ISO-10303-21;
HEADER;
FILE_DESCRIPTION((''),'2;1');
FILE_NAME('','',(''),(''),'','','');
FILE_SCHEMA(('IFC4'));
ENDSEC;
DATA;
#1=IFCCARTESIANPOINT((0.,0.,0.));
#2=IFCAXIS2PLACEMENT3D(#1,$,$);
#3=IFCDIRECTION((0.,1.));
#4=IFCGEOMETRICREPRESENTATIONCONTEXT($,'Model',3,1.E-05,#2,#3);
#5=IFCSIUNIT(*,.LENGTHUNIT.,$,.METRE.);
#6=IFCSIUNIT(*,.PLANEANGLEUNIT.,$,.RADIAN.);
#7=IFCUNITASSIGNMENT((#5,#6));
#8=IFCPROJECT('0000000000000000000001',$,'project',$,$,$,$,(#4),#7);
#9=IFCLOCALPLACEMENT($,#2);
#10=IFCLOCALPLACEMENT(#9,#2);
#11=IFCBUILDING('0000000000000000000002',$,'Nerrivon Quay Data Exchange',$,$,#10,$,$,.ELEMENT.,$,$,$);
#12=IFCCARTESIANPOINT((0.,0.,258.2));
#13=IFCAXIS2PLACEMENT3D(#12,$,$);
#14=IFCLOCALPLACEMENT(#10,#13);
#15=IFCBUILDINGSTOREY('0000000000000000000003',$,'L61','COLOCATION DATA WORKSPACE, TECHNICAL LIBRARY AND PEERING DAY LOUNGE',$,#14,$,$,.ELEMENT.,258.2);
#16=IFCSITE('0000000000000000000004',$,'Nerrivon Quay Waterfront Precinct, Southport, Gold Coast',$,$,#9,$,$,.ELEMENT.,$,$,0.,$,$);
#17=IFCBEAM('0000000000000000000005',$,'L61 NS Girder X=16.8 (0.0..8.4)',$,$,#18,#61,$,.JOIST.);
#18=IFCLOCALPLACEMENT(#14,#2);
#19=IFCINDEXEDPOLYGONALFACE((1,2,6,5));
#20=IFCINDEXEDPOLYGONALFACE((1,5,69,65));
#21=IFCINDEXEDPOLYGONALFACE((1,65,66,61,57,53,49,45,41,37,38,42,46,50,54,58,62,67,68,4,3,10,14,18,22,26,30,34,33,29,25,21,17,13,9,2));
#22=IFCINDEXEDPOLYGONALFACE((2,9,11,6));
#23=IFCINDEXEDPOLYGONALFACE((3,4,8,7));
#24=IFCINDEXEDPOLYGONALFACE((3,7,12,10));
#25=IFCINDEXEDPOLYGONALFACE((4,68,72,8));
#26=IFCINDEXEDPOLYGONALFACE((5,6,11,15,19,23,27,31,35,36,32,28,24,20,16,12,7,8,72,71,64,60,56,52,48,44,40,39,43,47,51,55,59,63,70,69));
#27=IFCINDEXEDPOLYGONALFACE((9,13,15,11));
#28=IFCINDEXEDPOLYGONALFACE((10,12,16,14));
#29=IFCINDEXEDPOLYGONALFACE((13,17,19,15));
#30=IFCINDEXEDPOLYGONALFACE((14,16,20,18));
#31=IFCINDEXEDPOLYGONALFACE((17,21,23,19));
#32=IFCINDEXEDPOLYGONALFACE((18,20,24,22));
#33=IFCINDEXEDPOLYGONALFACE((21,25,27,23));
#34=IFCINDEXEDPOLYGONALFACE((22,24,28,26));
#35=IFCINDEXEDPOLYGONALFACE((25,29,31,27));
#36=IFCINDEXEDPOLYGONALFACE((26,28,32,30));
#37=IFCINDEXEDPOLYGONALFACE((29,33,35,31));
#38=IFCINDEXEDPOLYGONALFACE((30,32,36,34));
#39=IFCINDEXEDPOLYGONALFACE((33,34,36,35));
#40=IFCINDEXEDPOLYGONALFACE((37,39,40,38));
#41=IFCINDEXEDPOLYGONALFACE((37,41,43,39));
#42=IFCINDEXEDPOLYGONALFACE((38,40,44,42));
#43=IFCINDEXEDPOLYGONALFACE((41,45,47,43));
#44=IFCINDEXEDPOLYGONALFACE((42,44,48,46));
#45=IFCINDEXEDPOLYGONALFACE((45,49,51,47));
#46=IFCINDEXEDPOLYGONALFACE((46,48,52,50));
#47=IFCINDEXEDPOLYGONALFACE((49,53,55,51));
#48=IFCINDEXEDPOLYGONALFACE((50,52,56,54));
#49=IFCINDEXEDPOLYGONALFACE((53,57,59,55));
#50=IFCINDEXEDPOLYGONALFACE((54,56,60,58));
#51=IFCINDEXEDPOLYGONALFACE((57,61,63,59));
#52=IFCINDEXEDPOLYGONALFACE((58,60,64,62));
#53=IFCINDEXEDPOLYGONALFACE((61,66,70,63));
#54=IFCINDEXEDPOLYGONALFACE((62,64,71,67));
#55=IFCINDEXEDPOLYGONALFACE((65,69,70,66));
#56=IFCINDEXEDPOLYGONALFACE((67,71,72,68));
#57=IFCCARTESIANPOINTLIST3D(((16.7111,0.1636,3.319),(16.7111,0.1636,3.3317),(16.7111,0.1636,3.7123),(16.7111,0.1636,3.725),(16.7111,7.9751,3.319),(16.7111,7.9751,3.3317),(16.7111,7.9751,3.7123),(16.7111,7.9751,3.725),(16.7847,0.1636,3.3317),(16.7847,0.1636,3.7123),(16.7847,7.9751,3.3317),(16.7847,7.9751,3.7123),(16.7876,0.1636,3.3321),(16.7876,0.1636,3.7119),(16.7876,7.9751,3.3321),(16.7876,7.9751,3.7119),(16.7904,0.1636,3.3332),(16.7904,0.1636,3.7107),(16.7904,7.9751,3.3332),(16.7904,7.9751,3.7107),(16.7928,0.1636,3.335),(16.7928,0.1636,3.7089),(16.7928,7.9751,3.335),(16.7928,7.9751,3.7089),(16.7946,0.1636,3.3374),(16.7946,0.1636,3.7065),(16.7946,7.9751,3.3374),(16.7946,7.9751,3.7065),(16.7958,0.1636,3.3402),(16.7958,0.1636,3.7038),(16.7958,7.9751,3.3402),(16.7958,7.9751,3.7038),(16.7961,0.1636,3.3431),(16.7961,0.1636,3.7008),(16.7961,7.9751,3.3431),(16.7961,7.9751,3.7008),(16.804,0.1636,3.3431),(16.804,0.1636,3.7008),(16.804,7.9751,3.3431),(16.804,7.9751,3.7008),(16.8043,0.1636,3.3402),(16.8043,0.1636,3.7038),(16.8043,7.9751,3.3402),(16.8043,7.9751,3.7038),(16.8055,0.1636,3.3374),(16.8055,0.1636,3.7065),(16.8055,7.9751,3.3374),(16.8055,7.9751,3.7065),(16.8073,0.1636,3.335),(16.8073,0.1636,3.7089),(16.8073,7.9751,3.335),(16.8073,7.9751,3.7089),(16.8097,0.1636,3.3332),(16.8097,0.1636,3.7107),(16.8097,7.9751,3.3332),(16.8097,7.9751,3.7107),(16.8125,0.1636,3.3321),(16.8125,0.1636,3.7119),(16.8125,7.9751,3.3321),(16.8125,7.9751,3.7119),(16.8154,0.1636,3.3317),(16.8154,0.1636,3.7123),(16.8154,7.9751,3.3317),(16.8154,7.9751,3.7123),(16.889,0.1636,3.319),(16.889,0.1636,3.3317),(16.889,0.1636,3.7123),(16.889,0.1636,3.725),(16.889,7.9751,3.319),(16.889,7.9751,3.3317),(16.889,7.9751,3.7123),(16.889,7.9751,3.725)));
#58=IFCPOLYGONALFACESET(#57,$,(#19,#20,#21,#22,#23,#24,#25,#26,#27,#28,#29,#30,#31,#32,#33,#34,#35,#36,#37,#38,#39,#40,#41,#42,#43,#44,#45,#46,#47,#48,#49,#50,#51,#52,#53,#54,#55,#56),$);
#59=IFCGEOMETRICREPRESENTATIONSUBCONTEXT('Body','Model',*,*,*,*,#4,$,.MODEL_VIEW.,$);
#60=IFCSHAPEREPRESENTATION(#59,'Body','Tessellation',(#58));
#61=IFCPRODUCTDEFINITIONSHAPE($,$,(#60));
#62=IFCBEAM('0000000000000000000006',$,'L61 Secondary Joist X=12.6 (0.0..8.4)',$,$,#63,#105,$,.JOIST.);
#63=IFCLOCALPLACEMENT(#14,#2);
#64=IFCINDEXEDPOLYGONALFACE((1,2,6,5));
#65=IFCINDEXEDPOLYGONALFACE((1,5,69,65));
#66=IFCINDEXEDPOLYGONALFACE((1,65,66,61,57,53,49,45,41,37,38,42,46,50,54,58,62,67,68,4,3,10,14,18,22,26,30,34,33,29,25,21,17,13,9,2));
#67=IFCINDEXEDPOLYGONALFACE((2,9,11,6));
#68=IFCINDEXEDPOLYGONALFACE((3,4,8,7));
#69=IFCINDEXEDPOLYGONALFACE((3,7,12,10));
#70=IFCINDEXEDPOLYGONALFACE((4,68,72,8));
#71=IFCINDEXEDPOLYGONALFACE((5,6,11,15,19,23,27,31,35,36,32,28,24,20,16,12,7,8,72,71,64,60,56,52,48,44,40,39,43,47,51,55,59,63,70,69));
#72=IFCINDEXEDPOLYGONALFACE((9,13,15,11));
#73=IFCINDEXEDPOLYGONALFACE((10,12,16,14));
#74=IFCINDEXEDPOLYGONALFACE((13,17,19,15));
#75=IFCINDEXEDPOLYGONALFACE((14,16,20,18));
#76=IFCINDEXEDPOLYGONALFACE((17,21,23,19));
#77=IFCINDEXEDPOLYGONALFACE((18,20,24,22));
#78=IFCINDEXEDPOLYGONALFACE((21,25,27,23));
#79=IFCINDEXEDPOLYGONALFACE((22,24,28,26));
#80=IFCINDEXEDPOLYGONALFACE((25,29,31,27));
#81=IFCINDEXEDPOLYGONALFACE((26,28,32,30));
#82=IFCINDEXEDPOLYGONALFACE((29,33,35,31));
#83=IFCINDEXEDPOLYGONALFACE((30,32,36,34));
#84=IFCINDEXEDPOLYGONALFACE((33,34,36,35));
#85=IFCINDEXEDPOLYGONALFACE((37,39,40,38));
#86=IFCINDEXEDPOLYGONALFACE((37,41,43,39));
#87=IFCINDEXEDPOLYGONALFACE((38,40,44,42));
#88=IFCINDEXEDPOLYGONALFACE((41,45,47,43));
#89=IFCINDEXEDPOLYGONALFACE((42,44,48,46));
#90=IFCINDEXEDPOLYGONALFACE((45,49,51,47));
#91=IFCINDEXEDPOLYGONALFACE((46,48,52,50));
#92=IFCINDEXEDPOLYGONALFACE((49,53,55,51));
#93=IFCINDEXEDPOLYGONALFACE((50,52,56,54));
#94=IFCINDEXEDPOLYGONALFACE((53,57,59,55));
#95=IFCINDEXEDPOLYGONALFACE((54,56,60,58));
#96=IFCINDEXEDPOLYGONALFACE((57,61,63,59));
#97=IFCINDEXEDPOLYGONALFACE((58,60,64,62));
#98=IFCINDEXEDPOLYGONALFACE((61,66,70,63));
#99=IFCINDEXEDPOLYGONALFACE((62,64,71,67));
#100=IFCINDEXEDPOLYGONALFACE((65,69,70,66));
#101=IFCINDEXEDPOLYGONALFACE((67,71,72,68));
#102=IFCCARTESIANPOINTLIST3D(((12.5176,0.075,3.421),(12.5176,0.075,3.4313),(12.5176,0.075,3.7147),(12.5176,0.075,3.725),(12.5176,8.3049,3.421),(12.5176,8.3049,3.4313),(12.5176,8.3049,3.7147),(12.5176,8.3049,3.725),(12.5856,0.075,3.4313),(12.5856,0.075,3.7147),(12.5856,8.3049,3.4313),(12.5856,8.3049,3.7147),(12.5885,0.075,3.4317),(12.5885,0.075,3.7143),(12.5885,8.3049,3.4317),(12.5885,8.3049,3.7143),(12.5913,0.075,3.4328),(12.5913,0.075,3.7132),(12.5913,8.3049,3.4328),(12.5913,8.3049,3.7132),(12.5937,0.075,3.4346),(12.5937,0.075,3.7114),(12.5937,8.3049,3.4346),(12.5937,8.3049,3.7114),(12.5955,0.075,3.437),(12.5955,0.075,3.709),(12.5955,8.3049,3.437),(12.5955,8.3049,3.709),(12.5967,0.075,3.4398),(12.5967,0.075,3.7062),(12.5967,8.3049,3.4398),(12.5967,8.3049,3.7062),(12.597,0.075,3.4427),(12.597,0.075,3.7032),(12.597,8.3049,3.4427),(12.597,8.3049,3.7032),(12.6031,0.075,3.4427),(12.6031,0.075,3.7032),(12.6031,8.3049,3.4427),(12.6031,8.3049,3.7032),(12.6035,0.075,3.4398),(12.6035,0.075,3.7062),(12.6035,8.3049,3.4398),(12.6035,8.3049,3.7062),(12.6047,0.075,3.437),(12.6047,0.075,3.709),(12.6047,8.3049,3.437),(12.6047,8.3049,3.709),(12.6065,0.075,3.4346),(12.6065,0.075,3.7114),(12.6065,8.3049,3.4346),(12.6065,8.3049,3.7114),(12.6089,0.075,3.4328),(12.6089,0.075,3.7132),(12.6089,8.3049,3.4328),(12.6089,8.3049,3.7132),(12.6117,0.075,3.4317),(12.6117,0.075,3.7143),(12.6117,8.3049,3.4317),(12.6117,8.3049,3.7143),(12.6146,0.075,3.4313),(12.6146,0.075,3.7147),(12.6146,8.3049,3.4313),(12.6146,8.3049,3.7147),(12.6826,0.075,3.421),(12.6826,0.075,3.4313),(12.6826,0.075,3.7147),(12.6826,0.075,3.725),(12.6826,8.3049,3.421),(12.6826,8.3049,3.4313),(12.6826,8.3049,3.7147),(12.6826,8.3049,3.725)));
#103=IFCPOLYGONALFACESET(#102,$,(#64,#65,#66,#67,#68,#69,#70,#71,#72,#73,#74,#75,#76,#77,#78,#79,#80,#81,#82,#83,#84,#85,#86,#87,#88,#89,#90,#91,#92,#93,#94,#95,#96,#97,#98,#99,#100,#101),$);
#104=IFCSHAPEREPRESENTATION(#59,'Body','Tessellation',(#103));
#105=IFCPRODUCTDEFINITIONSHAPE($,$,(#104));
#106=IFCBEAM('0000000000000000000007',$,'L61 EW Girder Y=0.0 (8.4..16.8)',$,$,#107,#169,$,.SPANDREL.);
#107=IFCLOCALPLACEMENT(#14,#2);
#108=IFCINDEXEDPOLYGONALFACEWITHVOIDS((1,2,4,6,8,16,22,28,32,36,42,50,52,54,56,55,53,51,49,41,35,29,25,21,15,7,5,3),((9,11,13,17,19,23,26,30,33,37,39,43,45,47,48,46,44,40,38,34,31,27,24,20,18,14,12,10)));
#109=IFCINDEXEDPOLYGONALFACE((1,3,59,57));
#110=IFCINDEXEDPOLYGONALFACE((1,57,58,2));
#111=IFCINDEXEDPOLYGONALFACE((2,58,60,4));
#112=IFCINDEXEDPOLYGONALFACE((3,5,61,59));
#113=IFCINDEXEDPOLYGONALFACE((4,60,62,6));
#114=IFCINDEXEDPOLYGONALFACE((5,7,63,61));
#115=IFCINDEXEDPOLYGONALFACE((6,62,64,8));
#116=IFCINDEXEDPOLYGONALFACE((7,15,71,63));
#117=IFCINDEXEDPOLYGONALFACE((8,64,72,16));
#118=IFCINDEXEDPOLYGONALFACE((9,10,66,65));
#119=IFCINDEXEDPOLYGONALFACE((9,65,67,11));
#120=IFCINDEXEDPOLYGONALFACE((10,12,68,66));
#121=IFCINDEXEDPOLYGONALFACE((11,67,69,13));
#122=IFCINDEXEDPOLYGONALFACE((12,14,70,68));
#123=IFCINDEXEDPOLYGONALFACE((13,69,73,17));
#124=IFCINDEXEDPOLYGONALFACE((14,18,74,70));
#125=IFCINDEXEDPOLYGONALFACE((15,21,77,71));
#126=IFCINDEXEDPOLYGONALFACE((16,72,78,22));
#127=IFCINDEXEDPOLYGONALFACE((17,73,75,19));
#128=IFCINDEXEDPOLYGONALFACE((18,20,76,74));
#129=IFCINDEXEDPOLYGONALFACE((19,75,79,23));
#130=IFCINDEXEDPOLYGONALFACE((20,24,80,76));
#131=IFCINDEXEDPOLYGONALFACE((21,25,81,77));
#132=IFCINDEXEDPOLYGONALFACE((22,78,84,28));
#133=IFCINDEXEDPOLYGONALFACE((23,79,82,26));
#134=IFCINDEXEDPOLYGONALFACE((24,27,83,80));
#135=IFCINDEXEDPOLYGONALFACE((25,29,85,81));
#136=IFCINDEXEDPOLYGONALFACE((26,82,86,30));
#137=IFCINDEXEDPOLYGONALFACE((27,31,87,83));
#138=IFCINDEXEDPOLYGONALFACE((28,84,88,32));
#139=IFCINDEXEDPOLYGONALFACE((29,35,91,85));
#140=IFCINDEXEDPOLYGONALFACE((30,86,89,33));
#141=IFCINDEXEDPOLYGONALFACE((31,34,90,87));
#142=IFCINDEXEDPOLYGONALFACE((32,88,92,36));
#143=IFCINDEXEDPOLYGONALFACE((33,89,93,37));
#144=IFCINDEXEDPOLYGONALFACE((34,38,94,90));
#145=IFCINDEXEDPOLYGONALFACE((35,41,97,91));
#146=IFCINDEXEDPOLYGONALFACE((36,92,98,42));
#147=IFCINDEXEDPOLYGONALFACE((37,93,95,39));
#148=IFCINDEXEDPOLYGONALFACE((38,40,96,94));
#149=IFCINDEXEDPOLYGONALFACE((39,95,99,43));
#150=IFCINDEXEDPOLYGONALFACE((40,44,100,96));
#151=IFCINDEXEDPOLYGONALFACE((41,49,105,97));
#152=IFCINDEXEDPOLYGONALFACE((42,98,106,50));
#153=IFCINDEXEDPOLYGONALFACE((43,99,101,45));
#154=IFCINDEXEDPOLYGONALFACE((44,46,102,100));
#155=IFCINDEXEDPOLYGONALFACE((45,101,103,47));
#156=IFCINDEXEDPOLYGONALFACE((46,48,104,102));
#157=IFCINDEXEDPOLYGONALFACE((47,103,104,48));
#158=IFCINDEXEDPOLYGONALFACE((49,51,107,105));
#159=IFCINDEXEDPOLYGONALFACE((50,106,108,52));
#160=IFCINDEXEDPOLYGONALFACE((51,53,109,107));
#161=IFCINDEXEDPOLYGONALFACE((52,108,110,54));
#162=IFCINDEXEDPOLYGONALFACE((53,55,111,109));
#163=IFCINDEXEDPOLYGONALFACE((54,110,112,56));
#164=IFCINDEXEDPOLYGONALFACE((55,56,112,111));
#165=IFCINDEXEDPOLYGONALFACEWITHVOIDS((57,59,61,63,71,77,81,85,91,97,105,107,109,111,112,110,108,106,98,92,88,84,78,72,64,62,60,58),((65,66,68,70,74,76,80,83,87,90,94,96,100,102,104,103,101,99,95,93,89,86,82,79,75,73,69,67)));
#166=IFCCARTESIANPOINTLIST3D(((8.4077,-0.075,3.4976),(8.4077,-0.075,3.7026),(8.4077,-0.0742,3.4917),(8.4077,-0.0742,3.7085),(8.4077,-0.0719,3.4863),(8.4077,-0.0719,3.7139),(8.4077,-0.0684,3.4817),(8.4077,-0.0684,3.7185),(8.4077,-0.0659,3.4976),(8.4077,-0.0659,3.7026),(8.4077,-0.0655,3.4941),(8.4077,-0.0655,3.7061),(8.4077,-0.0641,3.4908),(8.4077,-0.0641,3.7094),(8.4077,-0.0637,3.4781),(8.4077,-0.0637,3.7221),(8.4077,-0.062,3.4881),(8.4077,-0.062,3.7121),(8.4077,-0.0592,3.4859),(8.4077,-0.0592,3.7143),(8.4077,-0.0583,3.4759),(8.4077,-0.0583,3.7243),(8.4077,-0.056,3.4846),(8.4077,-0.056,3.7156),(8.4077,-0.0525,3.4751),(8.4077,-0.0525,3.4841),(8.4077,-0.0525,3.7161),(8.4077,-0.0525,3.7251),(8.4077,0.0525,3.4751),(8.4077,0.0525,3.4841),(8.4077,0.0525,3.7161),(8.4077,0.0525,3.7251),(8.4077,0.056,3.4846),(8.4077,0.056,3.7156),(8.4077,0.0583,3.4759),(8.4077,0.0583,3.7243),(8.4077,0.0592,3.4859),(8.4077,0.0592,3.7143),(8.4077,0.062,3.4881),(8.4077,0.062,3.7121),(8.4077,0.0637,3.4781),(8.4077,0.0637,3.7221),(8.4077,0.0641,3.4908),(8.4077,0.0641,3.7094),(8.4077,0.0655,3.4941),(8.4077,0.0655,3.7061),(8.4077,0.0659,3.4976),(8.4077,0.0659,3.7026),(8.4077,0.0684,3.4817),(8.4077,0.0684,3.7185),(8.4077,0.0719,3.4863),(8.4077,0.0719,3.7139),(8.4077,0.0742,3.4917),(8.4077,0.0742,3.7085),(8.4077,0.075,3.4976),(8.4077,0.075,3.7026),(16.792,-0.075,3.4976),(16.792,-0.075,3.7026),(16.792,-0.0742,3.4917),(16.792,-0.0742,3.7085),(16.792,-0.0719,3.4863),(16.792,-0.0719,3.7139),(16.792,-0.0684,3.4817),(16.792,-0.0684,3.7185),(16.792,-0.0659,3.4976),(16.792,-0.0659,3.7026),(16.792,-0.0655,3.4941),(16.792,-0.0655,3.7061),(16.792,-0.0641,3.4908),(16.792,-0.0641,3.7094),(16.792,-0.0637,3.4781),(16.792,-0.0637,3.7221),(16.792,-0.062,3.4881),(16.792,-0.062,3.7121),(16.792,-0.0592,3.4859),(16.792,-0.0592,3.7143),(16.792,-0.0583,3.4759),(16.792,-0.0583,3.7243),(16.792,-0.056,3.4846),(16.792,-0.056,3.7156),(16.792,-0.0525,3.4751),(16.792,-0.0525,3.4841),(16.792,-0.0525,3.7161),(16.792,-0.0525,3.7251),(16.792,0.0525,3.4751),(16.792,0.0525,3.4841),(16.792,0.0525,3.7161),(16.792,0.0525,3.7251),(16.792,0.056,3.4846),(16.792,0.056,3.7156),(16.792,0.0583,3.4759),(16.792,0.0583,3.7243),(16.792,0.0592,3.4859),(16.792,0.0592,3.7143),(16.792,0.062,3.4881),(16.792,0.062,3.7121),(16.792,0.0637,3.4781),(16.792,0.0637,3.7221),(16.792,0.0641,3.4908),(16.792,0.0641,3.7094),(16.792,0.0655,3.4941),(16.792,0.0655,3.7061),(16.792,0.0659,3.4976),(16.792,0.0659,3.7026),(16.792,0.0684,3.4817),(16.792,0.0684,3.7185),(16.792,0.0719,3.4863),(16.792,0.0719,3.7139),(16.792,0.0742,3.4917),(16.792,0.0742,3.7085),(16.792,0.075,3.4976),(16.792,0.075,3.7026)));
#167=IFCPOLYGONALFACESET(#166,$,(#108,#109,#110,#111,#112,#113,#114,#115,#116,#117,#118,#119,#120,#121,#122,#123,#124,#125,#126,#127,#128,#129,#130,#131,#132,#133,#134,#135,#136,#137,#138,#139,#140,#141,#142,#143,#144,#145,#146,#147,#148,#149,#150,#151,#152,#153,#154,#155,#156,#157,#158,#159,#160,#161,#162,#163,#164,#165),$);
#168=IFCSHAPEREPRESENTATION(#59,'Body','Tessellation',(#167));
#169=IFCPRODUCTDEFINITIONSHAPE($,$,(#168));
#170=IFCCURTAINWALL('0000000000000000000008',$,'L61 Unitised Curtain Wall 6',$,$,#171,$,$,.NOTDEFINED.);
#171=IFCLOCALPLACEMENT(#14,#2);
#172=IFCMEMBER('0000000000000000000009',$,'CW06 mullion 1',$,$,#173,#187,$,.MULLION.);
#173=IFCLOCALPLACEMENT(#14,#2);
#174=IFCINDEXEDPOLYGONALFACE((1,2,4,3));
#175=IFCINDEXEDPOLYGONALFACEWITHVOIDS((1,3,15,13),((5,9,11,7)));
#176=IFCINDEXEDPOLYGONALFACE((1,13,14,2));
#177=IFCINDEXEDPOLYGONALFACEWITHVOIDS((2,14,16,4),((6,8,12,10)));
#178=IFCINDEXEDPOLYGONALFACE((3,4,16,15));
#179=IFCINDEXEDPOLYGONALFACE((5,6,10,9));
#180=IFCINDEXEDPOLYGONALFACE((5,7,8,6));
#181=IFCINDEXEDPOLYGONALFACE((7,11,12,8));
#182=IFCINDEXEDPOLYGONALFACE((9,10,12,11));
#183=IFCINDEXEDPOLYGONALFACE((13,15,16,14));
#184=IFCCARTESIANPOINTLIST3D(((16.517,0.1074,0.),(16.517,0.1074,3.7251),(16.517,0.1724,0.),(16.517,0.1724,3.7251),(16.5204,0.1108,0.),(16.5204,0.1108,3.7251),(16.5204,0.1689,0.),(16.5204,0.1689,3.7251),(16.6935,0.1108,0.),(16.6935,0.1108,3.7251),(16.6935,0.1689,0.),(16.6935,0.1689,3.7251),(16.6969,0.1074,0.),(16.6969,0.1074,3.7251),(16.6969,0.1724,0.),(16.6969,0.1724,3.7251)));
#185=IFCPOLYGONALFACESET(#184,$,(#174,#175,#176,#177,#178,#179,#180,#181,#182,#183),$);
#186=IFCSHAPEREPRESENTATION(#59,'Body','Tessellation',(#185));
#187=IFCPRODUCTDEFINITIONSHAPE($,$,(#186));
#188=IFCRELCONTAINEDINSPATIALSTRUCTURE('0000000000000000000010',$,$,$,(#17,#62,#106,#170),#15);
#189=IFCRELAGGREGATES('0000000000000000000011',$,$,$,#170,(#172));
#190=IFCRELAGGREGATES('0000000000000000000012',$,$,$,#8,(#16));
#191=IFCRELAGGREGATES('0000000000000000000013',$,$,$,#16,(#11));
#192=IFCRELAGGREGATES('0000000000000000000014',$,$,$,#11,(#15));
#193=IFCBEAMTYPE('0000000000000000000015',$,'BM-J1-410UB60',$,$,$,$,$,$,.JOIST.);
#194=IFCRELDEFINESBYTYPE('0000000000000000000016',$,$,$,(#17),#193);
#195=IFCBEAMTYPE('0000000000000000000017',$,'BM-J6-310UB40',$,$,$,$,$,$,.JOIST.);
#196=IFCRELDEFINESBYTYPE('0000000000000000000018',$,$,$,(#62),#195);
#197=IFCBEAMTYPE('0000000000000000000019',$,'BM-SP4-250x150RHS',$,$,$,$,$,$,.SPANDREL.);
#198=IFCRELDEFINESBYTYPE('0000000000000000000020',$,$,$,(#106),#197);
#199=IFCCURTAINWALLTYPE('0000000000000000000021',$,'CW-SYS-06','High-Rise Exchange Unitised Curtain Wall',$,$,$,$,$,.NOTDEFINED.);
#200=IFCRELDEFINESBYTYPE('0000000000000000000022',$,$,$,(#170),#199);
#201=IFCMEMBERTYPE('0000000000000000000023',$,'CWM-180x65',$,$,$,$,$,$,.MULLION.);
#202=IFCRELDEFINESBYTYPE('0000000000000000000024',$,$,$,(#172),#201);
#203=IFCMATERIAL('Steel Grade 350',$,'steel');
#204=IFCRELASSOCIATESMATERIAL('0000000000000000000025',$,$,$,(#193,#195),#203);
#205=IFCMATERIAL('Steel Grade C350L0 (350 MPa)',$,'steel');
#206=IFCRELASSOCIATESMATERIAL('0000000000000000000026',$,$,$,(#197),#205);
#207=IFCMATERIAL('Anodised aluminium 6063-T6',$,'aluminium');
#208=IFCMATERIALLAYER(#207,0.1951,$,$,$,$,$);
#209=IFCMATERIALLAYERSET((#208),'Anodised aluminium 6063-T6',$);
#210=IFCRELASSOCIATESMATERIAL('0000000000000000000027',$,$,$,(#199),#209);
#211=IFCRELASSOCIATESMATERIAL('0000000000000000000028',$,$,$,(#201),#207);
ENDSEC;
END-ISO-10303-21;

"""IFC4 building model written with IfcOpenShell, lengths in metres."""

from ifc_helpers import new_model, si_unit, direction, frame, origin, origin_2d, place, context, subcontext, project, spatial, hollow_rectangle, i_section, extrude, material, layer, layer_set, material_profile, profile_set, type_object, element, aggregate, save


model = new_model("IFC4")

# Units and contexts
model_context = context("Model", 3, precision=1e-05, world=origin(), true_north=direction((0.0, 1.0)))
body_context = subcontext(model_context, "Body", "Model", "MODEL_VIEW")
ifc_project = project(units=[si_unit("LENGTHUNIT", "METRE"), si_unit("PLANEANGLEUNIT", "RADIAN")], contexts=[model_context])

# Site, building, storey
site_placement = place(None, origin())
site = spatial("IfcSite", under=ifc_project, at=site_placement, Name="Nerrivon Quay Waterfront Precinct, Southport, Gold Coast", CompositionType="ELEMENT", RefElevation=0.0)
building_placement = place(site_placement, origin())
building = spatial("IfcBuilding", under=site, at=building_placement, Name="Nerrivon Quay Data Exchange", CompositionType="ELEMENT")
storey_placement = place(building_placement, frame((0.0, 0.0, 258.2)))
storey = spatial("IfcBuildingStorey", under=building, at=storey_placement, Name="L61", Description="COLOCATION DATA WORKSPACE, TECHNICAL LIBRARY AND PEERING DAY LOUNGE", CompositionType="ELEMENT", Elevation=258.2)

# Shared definitions
ifc_material_1 = material(Name="Steel Grade 350", Category="steel")

# Beams
ifc_material_profile_1 = material_profile(ifc_material_1, i_section(OverallWidth=0.178, OverallDepth=0.406, WebThickness=0.0078, FlangeThickness=0.0127, FilletRadius=0.0115, at=origin_2d()), Name="410UB59.7")
ifc_profile_set_1 = profile_set([ifc_material_profile_1], Name="Steel Grade 350")
beam_type_1 = type_object("IfcBeamType", Name="BM-J1-410UB60", PredefinedType="JOIST", material=ifc_profile_set_1)
beam_1_placement = place(storey_placement, frame((16.8, 0.1636, 3.522), z_axis=(0.0, 1.0, 0.0), x_axis=(-1.0, 0.0, 0.0)))
element("IfcBeam", 1, at=beam_1_placement, inside=storey, type_object=beam_type_1, Name="L61 NS Girder X=16.8 (0.0..8.4)", PredefinedType="JOIST", context=body_context, shape_type="SweptSolid", body=[
    extrude(i_section(OverallWidth=0.178, OverallDepth=0.406, WebThickness=0.0078, FlangeThickness=0.0127, FilletRadius=0.0115, at=origin_2d()), origin(), (0.0, 0.0, 1.0), 7.8115),
])
ifc_material_profile_2 = material_profile(ifc_material_1, i_section(OverallWidth=0.165, OverallDepth=0.304, WebThickness=0.0061, FlangeThickness=0.0103, FilletRadius=0.0115, at=origin_2d()), Name="310UB40.4")
ifc_profile_set_2 = profile_set([ifc_material_profile_2], Name="Steel Grade 350")
beam_type_2 = type_object("IfcBeamType", Name="BM-J6-310UB40", PredefinedType="JOIST", material=ifc_profile_set_2)
beam_2_placement = place(storey_placement, frame((12.6001, 0.075, 3.573), z_axis=(0.0, 1.0, 0.0), x_axis=(-1.0, 0.0, 0.0)))
element("IfcBeam", 2, at=beam_2_placement, inside=storey, type_object=beam_type_2, Name="L61 Secondary Joist X=12.6 (0.0..8.4)", PredefinedType="JOIST", context=body_context, shape_type="SweptSolid", body=[
    extrude(i_section(OverallWidth=0.165, OverallDepth=0.304, WebThickness=0.0061, FlangeThickness=0.0103, FilletRadius=0.0115, at=origin_2d()), origin(), (0.0, 0.0, 1.0), 8.23),
])
ifc_material_2 = material(Name="Steel Grade C350L0 (350 MPa)", Category="steel")
ifc_material_profile_3 = material_profile(ifc_material_2, hollow_rectangle(XDim=0.1499, YDim=0.25, WallThickness=0.009, InnerFilletRadius=0.0134, OuterFilletRadius=0.0225, at=origin_2d()), Name="250x150x9.0RHS")
ifc_profile_set_3 = profile_set([ifc_material_profile_3], Name="Steel Grade C350L0 (350 MPa)")
beam_type_3 = type_object("IfcBeamType", Name="BM-SP4-250x150RHS", PredefinedType="SPANDREL", material=ifc_profile_set_3)
beam_3_placement = place(storey_placement, frame((8.4077, 0.0, 3.6001), z_axis=(1.0, 0.0, 0.0), x_axis=(0.0, 1.0, 0.0)))
element("IfcBeam", 3, at=beam_3_placement, inside=storey, type_object=beam_type_3, Name="L61 EW Girder Y=0.0 (8.4..16.8)", PredefinedType="SPANDREL", context=body_context, shape_type="SweptSolid", body=[
    extrude(hollow_rectangle(XDim=0.1499, YDim=0.25, WallThickness=0.009, InnerFilletRadius=0.0134, OuterFilletRadius=0.0225, at=origin_2d()), origin(), (0.0, 0.0, 1.0), 8.3843),
])

# Curtain wall, member
ifc_material_3 = material(Name="Anodised aluminium 6063-T6", Category="aluminium")
ifc_layer_1 = layer(ifc_material_3, 0.1951)
ifc_layer_set_1 = layer_set([ifc_layer_1], Name="Anodised aluminium 6063-T6")
curtain_wall_type = type_object("IfcCurtainWallType", Name="CW-SYS-06", Description="High-Rise Exchange Unitised Curtain Wall", PredefinedType="NOTDEFINED", material=ifc_layer_set_1)
curtain_wall_1_placement = place(storey_placement, origin())
curtain_wall_1 = element("IfcCurtainWall", 4, at=curtain_wall_1_placement, inside=storey, type_object=curtain_wall_type, Name="L61 Unitised Curtain Wall 6", PredefinedType="NOTDEFINED")
ifc_material_profile_4 = material_profile(ifc_material_3, hollow_rectangle(XDim=0.0649, YDim=0.1799, WallThickness=0.0034, at=origin_2d()), Name="ALU-MULL-180x65")
ifc_profile_set_4 = profile_set([ifc_material_profile_4], Name="Anodised aluminium 6063-T6")
member_type_1 = type_object("IfcMemberType", Name="CWM-180x65", PredefinedType="MULLION", material=ifc_profile_set_4)
member_1_placement = place(storey_placement, frame((16.6069, 0.1399, 0.0), z_axis=(0.0, 0.0, 1.0), x_axis=(0.0, -1.0, 0.0)))
member_1 = element("IfcMember", 5, at=member_1_placement, type_object=member_type_1, Name="CW06 mullion 1", PredefinedType="MULLION", context=body_context, shape_type="SweptSolid", body=[
    extrude(hollow_rectangle(XDim=0.0649, YDim=0.1799, WallThickness=0.0034, at=origin_2d()), origin(), (0.0, 0.0, 1.0), 3.7251),
])

aggregate(curtain_wall_1, [member_1])

save(model, "model.ifc")
